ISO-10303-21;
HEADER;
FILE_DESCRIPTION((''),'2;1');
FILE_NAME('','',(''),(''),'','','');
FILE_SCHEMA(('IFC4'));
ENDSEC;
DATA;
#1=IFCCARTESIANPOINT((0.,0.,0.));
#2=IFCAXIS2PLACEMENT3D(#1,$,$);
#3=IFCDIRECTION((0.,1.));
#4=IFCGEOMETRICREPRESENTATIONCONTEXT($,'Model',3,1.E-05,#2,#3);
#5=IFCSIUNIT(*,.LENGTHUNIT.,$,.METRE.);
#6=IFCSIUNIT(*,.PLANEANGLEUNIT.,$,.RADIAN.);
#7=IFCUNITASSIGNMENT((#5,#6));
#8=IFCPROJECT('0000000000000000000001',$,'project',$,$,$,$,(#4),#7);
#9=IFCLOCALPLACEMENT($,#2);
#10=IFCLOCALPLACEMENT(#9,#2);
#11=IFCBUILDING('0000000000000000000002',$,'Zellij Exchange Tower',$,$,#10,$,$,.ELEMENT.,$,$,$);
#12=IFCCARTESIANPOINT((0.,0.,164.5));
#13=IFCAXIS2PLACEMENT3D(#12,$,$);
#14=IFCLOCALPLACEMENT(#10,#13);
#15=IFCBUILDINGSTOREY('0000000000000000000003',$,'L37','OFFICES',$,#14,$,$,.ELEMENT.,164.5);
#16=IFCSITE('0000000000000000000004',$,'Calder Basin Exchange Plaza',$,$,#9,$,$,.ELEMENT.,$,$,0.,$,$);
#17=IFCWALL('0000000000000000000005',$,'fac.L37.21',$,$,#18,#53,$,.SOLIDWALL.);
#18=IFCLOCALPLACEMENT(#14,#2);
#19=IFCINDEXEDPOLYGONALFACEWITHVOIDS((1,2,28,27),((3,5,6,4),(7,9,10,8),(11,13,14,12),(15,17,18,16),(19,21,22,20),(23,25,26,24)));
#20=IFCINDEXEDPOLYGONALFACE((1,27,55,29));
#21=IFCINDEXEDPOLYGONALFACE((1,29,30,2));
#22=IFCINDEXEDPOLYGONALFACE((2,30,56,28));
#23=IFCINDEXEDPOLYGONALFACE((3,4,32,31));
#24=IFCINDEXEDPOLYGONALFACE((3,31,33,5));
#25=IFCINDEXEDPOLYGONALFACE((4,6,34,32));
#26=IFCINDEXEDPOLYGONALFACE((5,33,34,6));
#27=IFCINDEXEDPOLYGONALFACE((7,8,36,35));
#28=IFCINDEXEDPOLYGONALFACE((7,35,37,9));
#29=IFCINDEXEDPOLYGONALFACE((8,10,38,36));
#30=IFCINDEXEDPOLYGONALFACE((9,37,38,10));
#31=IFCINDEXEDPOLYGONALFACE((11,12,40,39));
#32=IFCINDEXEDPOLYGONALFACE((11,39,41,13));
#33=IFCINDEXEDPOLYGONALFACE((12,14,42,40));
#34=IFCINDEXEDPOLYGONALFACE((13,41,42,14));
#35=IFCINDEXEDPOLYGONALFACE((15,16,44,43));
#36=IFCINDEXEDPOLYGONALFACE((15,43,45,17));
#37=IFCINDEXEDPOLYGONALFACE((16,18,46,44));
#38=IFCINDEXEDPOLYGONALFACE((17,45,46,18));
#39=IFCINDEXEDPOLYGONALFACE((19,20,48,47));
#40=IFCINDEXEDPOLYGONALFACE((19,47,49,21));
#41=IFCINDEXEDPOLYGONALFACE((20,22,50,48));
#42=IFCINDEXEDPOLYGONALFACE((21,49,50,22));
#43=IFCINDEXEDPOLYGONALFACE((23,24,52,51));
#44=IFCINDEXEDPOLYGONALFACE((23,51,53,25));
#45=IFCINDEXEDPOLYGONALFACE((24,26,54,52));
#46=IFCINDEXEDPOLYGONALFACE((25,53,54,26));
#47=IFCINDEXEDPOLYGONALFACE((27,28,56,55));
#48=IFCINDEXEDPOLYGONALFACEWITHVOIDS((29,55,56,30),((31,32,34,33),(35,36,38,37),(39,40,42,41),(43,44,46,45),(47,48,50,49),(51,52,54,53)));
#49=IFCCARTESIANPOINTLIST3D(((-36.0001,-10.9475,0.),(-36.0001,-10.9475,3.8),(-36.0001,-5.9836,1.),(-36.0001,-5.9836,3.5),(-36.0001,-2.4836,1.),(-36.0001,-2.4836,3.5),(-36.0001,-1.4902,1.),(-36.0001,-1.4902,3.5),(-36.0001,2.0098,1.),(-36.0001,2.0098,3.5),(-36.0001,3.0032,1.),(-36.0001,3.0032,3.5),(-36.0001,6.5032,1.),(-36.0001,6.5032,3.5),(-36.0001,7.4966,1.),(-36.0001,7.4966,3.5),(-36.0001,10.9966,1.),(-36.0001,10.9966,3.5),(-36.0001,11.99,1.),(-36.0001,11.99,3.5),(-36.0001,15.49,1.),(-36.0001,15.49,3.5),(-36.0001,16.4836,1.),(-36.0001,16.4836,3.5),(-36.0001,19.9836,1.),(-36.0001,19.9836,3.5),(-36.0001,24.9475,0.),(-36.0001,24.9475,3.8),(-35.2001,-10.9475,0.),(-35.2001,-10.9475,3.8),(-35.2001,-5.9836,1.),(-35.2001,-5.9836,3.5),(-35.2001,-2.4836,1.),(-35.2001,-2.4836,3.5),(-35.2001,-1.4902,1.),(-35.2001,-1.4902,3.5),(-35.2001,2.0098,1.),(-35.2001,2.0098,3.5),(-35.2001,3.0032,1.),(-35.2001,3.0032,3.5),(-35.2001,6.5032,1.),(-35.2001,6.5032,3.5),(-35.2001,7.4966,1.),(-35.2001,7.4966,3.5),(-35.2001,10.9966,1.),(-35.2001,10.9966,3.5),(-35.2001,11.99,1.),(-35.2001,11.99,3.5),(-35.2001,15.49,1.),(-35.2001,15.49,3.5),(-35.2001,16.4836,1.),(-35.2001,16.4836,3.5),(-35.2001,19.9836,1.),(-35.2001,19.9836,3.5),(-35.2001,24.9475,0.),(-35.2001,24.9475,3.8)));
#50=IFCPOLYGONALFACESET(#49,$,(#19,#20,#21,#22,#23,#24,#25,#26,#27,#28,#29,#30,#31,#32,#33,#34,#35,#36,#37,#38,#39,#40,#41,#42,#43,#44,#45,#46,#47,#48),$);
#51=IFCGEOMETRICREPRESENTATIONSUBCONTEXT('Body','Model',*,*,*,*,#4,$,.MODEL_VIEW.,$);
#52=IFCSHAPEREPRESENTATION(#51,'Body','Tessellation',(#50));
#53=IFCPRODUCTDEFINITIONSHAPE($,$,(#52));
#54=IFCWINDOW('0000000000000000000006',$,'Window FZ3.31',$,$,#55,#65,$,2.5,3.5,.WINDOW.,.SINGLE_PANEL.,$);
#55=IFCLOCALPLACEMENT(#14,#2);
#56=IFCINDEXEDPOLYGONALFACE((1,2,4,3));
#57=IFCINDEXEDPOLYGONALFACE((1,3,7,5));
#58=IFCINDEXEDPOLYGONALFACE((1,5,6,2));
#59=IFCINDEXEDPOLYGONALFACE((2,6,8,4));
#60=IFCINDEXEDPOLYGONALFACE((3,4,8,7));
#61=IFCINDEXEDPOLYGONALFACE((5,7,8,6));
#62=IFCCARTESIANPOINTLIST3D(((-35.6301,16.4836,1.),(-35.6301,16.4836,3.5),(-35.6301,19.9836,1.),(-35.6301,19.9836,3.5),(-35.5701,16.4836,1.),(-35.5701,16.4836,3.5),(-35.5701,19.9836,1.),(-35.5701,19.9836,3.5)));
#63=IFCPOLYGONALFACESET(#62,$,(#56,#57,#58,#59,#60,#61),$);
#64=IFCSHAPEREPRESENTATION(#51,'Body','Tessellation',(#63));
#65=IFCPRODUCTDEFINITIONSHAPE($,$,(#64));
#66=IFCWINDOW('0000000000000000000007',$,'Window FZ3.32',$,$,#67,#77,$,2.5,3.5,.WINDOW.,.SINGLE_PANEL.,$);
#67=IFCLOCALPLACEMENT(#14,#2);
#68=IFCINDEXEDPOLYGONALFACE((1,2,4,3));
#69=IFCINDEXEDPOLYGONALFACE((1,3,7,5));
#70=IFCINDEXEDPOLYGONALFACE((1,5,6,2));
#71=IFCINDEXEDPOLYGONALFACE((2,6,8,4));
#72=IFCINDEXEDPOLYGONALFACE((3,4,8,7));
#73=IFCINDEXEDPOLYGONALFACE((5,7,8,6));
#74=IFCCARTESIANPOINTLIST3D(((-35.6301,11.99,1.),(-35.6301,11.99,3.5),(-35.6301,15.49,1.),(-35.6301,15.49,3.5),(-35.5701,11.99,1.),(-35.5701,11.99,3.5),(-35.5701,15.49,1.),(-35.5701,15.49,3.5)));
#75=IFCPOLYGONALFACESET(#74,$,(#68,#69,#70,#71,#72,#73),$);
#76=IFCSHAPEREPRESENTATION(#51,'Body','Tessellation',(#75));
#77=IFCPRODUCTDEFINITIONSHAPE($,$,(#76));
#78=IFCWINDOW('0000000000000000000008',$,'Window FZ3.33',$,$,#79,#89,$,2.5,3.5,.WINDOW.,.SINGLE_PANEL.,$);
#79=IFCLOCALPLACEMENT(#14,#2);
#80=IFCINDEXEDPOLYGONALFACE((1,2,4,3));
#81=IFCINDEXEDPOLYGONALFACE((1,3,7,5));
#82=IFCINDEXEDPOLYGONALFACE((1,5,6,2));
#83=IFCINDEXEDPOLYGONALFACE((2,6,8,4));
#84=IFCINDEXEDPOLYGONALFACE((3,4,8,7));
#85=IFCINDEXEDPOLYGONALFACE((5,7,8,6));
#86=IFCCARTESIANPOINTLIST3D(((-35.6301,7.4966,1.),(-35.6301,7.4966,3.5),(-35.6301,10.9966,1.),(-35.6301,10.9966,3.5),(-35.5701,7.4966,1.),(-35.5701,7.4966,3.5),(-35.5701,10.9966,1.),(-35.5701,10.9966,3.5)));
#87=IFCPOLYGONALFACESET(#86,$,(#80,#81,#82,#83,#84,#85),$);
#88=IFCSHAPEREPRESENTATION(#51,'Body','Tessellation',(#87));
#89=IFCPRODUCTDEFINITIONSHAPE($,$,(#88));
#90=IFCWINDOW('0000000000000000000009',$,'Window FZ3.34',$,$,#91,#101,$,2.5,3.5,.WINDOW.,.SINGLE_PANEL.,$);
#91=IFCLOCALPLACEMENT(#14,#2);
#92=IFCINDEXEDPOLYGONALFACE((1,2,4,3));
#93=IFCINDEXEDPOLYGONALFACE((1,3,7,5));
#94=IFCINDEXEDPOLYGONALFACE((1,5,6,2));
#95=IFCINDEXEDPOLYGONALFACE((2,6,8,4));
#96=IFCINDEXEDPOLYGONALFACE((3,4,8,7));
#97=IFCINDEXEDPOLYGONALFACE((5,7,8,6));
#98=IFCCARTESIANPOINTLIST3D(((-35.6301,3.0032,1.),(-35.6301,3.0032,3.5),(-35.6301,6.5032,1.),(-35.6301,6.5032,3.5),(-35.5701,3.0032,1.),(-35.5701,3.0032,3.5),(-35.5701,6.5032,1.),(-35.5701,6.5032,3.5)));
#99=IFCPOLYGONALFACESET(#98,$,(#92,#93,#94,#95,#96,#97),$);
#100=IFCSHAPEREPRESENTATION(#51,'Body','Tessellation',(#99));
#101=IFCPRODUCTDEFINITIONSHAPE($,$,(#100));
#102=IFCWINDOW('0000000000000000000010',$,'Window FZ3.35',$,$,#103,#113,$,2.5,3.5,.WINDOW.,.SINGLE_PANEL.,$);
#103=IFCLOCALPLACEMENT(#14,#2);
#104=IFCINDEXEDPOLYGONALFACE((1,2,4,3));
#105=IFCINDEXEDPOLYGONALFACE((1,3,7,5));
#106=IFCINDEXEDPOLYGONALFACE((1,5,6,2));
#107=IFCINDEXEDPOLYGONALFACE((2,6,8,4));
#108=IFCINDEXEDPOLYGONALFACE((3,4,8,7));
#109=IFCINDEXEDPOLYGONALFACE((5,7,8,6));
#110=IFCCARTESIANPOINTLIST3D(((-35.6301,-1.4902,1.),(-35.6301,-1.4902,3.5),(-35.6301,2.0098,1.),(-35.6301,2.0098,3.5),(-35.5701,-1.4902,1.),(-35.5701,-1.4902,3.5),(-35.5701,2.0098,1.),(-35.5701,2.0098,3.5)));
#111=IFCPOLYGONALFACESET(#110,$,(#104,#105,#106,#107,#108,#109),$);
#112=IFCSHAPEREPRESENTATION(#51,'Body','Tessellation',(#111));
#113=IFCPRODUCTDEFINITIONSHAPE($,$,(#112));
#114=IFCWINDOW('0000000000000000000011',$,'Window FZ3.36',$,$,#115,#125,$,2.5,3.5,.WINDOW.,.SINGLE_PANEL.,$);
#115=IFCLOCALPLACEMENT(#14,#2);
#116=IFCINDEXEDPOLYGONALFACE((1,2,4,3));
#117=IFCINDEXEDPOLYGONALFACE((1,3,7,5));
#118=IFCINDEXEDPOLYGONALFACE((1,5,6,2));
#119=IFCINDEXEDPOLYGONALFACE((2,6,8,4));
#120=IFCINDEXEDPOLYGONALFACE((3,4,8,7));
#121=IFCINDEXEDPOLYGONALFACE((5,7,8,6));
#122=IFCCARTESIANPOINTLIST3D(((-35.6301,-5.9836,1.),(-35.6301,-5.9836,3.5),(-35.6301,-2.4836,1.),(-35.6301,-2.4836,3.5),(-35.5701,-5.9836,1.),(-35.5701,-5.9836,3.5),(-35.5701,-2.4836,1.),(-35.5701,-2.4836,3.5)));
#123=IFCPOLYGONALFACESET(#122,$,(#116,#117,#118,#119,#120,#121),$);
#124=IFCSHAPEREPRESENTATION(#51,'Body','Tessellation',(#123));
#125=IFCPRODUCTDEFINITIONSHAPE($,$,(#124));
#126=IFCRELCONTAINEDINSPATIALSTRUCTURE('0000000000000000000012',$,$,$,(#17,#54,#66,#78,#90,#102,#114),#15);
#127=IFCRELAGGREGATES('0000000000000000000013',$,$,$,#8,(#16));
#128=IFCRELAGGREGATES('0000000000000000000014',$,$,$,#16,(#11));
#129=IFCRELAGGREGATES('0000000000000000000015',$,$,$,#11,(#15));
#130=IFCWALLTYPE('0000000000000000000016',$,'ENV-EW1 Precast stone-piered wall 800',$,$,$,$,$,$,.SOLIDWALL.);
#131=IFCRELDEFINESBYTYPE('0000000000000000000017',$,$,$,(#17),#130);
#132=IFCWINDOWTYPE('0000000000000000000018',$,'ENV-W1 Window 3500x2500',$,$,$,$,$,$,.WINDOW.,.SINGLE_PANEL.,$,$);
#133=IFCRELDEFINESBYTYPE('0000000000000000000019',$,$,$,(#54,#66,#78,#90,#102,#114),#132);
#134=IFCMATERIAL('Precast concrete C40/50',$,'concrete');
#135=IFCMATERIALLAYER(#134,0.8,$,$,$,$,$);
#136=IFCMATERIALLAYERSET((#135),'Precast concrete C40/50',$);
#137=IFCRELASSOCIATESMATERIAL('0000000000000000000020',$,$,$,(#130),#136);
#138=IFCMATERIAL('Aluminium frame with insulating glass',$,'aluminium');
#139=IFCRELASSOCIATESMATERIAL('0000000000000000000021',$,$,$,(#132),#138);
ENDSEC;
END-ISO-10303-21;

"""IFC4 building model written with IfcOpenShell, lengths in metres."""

from ifc_helpers import new_model, si_unit, direction, frame, frame_2d, origin, place, context, subcontext, project, spatial, rectangle, extrude, material, layer, layer_set, type_object, element, fill, save


model = new_model("IFC4")

# Units and contexts
model_context = context("Model", 3, precision=1e-05, world=origin(), true_north=direction((0.0, 1.0)))
body_context = subcontext(model_context, "Body", "Model", "MODEL_VIEW")
ifc_project = project(units=[si_unit("LENGTHUNIT", "METRE"), si_unit("PLANEANGLEUNIT", "RADIAN")], contexts=[model_context])

# Site, building, storey
site_placement = place(None, origin())
site = spatial("IfcSite", under=ifc_project, at=site_placement, Name="Calder Basin Exchange Plaza", CompositionType="ELEMENT", RefElevation=0.0)
building_placement = place(site_placement, origin())
building = spatial("IfcBuilding", under=site, at=building_placement, Name="Zellij Exchange Tower", CompositionType="ELEMENT")
storey_placement = place(building_placement, frame((0.0, 0.0, 164.5)))
storey = spatial("IfcBuildingStorey", under=building, at=storey_placement, Name="L37", Description="OFFICES", CompositionType="ELEMENT", Elevation=164.5)

# Shared definitions
ifc_material_1 = material(Name="Precast concrete C40/50", Category="concrete")
ifc_layer_1 = layer(ifc_material_1, 0.8)
ifc_layer_set_1 = layer_set([ifc_layer_1], Name="Precast concrete C40/50")
wall_type_1 = type_object("IfcWallType", Name="ENV-EW1 Precast stone-piered wall 800", PredefinedType="SOLIDWALL", material=ifc_layer_set_1)

# Wall, openings, windows
wall_1_placement = place(storey_placement, frame((-35.6001, 24.9475, 0.0), z_axis=(0.0, 0.0, 1.0), x_axis=(0.0, -1.0, 0.0)))
wall_1 = element("IfcWall", 1, at=wall_1_placement, inside=storey, type_object=wall_type_1, Name="fac.L37.21", PredefinedType="SOLIDWALL", context=body_context, shape_type="SweptSolid", body=[
    extrude(rectangle(XDim=35.895, YDim=0.8, at=frame_2d((17.9475, 0.0))), origin(), (0.0, 0.0, 1.0), 3.8),
])
opening_1_placement = place(wall_1_placement, frame((4.9639, 0.0, 1.0)))
opening_1 = element("IfcOpeningElement", 2, at=opening_1_placement, cuts=wall_1, PredefinedType="OPENING", context=body_context, shape_type="SweptSolid", body=[
    extrude(rectangle(XDim=3.5, YDim=2.5, at=frame_2d((1.75, 1.25))), frame((0.0, 0.4121, 0.0), z_axis=(0.0, -1.0, 0.0), x_axis=(1.0, 0.0, 0.0)), (0.0, 0.0, 1.0), 0.824),
])
opening_2_placement = place(wall_1_placement, frame((9.4575, 0.0, 1.0)))
opening_2 = element("IfcOpeningElement", 3, at=opening_2_placement, cuts=wall_1, PredefinedType="OPENING", context=body_context, shape_type="SweptSolid", body=[
    extrude(rectangle(XDim=3.5, YDim=2.5, at=frame_2d((1.75, 1.25))), frame((0.0, 0.4121, 0.0), z_axis=(0.0, -1.0, 0.0), x_axis=(1.0, 0.0, 0.0)), (0.0, 0.0, 1.0), 0.824),
])
opening_3_placement = place(wall_1_placement, frame((13.9509, 0.0, 1.0)))
opening_3 = element("IfcOpeningElement", 4, at=opening_3_placement, cuts=wall_1, PredefinedType="OPENING", context=body_context, shape_type="SweptSolid", body=[
    extrude(rectangle(XDim=3.5, YDim=2.5, at=frame_2d((1.75, 1.25))), frame((0.0, 0.4121, 0.0), z_axis=(0.0, -1.0, 0.0), x_axis=(1.0, 0.0, 0.0)), (0.0, 0.0, 1.0), 0.824),
])
opening_4_placement = place(wall_1_placement, frame((18.4443, 0.0, 1.0)))
opening_4 = element("IfcOpeningElement", 5, at=opening_4_placement, cuts=wall_1, PredefinedType="OPENING", context=body_context, shape_type="SweptSolid", body=[
    extrude(rectangle(XDim=3.5, YDim=2.5, at=frame_2d((1.75, 1.25))), frame((0.0, 0.4121, 0.0), z_axis=(0.0, -1.0, 0.0), x_axis=(1.0, 0.0, 0.0)), (0.0, 0.0, 1.0), 0.824),
])
opening_5_placement = place(wall_1_placement, frame((22.9377, 0.0, 1.0)))
opening_5 = element("IfcOpeningElement", 6, at=opening_5_placement, cuts=wall_1, PredefinedType="OPENING", context=body_context, shape_type="SweptSolid", body=[
    extrude(rectangle(XDim=3.5, YDim=2.5, at=frame_2d((1.75, 1.25))), frame((0.0, 0.4121, 0.0), z_axis=(0.0, -1.0, 0.0), x_axis=(1.0, 0.0, 0.0)), (0.0, 0.0, 1.0), 0.824),
])
opening_6_placement = place(wall_1_placement, frame((27.4312, 0.0, 1.0)))
opening_6 = element("IfcOpeningElement", 7, at=opening_6_placement, cuts=wall_1, PredefinedType="OPENING", context=body_context, shape_type="SweptSolid", body=[
    extrude(rectangle(XDim=3.5, YDim=2.5, at=frame_2d((1.75, 1.25))), frame((0.0, 0.4121, 0.0), z_axis=(0.0, -1.0, 0.0), x_axis=(1.0, 0.0, 0.0)), (0.0, 0.0, 1.0), 0.824),
])
ifc_material_2 = material(Name="Aluminium frame with insulating glass", Category="aluminium")
window_type = type_object("IfcWindowType", Name="ENV-W1 Window 3500x2500", PartitioningType="SINGLE_PANEL", PredefinedType="WINDOW", material=ifc_material_2)
window_1_placement = place(opening_1_placement, origin())
window_1 = element("IfcWindow", 8, at=window_1_placement, inside=storey, type_object=window_type, Name="Window FZ3.31", OverallHeight=2.5, OverallWidth=3.5, PartitioningType="SINGLE_PANEL", PredefinedType="WINDOW", context=body_context, shape_type="SweptSolid", body=[
    extrude(rectangle(XDim=3.5, YDim=2.5, at=frame_2d((1.75, 1.25))), frame((0.0, 0.03, 0.0), z_axis=(0.0, -1.0, 0.0), x_axis=(1.0, 0.0, 0.0)), (0.0, 0.0, 1.0), 0.0601),
])
fill(opening_1, window_1)
window_2_placement = place(opening_2_placement, origin())
window_2 = element("IfcWindow", 9, at=window_2_placement, inside=storey, type_object=window_type, Name="Window FZ3.32", OverallHeight=2.5, OverallWidth=3.5, PartitioningType="SINGLE_PANEL", PredefinedType="WINDOW", context=body_context, shape_type="SweptSolid", body=[
    extrude(rectangle(XDim=3.5, YDim=2.5, at=frame_2d((1.75, 1.25))), frame((0.0, 0.03, 0.0), z_axis=(0.0, -1.0, 0.0), x_axis=(1.0, 0.0, 0.0)), (0.0, 0.0, 1.0), 0.0601),
])
fill(opening_2, window_2)
window_3_placement = place(opening_3_placement, origin())
window_3 = element("IfcWindow", 10, at=window_3_placement, inside=storey, type_object=window_type, Name="Window FZ3.33", OverallHeight=2.5, OverallWidth=3.5, PartitioningType="SINGLE_PANEL", PredefinedType="WINDOW", context=body_context, shape_type="SweptSolid", body=[
    extrude(rectangle(XDim=3.5, YDim=2.5, at=frame_2d((1.75, 1.25))), frame((0.0, 0.03, 0.0), z_axis=(0.0, -1.0, 0.0), x_axis=(1.0, 0.0, 0.0)), (0.0, 0.0, 1.0), 0.0601),
])
fill(opening_3, window_3)
window_4_placement = place(opening_4_placement, origin())
window_4 = element("IfcWindow", 11, at=window_4_placement, inside=storey, type_object=window_type, Name="Window FZ3.34", OverallHeight=2.5, OverallWidth=3.5, PartitioningType="SINGLE_PANEL", PredefinedType="WINDOW", context=body_context, shape_type="SweptSolid", body=[
    extrude(rectangle(XDim=3.5, YDim=2.5, at=frame_2d((1.75, 1.25))), frame((0.0, 0.03, 0.0), z_axis=(0.0, -1.0, 0.0), x_axis=(1.0, 0.0, 0.0)), (0.0, 0.0, 1.0), 0.0601),
])
fill(opening_4, window_4)
window_5_placement = place(opening_5_placement, origin())
window_5 = element("IfcWindow", 12, at=window_5_placement, inside=storey, type_object=window_type, Name="Window FZ3.35", OverallHeight=2.5, OverallWidth=3.5, PartitioningType="SINGLE_PANEL", PredefinedType="WINDOW", context=body_context, shape_type="SweptSolid", body=[
    extrude(rectangle(XDim=3.5, YDim=2.5, at=frame_2d((1.75, 1.25))), frame((0.0, 0.03, 0.0), z_axis=(0.0, -1.0, 0.0), x_axis=(1.0, 0.0, 0.0)), (0.0, 0.0, 1.0), 0.0601),
])
fill(opening_5, window_5)
window_6_placement = place(opening_6_placement, origin())
window_6 = element("IfcWindow", 13, at=window_6_placement, inside=storey, type_object=window_type, Name="Window FZ3.36", OverallHeight=2.5, OverallWidth=3.5, PartitioningType="SINGLE_PANEL", PredefinedType="WINDOW", context=body_context, shape_type="SweptSolid", body=[
    extrude(rectangle(XDim=3.5, YDim=2.5, at=frame_2d((1.75, 1.25))), frame((0.0, 0.03, 0.0), z_axis=(0.0, -1.0, 0.0), x_axis=(1.0, 0.0, 0.0)), (0.0, 0.0, 1.0), 0.0601),
])
fill(opening_6, window_6)

save(model, "model.ifc")
